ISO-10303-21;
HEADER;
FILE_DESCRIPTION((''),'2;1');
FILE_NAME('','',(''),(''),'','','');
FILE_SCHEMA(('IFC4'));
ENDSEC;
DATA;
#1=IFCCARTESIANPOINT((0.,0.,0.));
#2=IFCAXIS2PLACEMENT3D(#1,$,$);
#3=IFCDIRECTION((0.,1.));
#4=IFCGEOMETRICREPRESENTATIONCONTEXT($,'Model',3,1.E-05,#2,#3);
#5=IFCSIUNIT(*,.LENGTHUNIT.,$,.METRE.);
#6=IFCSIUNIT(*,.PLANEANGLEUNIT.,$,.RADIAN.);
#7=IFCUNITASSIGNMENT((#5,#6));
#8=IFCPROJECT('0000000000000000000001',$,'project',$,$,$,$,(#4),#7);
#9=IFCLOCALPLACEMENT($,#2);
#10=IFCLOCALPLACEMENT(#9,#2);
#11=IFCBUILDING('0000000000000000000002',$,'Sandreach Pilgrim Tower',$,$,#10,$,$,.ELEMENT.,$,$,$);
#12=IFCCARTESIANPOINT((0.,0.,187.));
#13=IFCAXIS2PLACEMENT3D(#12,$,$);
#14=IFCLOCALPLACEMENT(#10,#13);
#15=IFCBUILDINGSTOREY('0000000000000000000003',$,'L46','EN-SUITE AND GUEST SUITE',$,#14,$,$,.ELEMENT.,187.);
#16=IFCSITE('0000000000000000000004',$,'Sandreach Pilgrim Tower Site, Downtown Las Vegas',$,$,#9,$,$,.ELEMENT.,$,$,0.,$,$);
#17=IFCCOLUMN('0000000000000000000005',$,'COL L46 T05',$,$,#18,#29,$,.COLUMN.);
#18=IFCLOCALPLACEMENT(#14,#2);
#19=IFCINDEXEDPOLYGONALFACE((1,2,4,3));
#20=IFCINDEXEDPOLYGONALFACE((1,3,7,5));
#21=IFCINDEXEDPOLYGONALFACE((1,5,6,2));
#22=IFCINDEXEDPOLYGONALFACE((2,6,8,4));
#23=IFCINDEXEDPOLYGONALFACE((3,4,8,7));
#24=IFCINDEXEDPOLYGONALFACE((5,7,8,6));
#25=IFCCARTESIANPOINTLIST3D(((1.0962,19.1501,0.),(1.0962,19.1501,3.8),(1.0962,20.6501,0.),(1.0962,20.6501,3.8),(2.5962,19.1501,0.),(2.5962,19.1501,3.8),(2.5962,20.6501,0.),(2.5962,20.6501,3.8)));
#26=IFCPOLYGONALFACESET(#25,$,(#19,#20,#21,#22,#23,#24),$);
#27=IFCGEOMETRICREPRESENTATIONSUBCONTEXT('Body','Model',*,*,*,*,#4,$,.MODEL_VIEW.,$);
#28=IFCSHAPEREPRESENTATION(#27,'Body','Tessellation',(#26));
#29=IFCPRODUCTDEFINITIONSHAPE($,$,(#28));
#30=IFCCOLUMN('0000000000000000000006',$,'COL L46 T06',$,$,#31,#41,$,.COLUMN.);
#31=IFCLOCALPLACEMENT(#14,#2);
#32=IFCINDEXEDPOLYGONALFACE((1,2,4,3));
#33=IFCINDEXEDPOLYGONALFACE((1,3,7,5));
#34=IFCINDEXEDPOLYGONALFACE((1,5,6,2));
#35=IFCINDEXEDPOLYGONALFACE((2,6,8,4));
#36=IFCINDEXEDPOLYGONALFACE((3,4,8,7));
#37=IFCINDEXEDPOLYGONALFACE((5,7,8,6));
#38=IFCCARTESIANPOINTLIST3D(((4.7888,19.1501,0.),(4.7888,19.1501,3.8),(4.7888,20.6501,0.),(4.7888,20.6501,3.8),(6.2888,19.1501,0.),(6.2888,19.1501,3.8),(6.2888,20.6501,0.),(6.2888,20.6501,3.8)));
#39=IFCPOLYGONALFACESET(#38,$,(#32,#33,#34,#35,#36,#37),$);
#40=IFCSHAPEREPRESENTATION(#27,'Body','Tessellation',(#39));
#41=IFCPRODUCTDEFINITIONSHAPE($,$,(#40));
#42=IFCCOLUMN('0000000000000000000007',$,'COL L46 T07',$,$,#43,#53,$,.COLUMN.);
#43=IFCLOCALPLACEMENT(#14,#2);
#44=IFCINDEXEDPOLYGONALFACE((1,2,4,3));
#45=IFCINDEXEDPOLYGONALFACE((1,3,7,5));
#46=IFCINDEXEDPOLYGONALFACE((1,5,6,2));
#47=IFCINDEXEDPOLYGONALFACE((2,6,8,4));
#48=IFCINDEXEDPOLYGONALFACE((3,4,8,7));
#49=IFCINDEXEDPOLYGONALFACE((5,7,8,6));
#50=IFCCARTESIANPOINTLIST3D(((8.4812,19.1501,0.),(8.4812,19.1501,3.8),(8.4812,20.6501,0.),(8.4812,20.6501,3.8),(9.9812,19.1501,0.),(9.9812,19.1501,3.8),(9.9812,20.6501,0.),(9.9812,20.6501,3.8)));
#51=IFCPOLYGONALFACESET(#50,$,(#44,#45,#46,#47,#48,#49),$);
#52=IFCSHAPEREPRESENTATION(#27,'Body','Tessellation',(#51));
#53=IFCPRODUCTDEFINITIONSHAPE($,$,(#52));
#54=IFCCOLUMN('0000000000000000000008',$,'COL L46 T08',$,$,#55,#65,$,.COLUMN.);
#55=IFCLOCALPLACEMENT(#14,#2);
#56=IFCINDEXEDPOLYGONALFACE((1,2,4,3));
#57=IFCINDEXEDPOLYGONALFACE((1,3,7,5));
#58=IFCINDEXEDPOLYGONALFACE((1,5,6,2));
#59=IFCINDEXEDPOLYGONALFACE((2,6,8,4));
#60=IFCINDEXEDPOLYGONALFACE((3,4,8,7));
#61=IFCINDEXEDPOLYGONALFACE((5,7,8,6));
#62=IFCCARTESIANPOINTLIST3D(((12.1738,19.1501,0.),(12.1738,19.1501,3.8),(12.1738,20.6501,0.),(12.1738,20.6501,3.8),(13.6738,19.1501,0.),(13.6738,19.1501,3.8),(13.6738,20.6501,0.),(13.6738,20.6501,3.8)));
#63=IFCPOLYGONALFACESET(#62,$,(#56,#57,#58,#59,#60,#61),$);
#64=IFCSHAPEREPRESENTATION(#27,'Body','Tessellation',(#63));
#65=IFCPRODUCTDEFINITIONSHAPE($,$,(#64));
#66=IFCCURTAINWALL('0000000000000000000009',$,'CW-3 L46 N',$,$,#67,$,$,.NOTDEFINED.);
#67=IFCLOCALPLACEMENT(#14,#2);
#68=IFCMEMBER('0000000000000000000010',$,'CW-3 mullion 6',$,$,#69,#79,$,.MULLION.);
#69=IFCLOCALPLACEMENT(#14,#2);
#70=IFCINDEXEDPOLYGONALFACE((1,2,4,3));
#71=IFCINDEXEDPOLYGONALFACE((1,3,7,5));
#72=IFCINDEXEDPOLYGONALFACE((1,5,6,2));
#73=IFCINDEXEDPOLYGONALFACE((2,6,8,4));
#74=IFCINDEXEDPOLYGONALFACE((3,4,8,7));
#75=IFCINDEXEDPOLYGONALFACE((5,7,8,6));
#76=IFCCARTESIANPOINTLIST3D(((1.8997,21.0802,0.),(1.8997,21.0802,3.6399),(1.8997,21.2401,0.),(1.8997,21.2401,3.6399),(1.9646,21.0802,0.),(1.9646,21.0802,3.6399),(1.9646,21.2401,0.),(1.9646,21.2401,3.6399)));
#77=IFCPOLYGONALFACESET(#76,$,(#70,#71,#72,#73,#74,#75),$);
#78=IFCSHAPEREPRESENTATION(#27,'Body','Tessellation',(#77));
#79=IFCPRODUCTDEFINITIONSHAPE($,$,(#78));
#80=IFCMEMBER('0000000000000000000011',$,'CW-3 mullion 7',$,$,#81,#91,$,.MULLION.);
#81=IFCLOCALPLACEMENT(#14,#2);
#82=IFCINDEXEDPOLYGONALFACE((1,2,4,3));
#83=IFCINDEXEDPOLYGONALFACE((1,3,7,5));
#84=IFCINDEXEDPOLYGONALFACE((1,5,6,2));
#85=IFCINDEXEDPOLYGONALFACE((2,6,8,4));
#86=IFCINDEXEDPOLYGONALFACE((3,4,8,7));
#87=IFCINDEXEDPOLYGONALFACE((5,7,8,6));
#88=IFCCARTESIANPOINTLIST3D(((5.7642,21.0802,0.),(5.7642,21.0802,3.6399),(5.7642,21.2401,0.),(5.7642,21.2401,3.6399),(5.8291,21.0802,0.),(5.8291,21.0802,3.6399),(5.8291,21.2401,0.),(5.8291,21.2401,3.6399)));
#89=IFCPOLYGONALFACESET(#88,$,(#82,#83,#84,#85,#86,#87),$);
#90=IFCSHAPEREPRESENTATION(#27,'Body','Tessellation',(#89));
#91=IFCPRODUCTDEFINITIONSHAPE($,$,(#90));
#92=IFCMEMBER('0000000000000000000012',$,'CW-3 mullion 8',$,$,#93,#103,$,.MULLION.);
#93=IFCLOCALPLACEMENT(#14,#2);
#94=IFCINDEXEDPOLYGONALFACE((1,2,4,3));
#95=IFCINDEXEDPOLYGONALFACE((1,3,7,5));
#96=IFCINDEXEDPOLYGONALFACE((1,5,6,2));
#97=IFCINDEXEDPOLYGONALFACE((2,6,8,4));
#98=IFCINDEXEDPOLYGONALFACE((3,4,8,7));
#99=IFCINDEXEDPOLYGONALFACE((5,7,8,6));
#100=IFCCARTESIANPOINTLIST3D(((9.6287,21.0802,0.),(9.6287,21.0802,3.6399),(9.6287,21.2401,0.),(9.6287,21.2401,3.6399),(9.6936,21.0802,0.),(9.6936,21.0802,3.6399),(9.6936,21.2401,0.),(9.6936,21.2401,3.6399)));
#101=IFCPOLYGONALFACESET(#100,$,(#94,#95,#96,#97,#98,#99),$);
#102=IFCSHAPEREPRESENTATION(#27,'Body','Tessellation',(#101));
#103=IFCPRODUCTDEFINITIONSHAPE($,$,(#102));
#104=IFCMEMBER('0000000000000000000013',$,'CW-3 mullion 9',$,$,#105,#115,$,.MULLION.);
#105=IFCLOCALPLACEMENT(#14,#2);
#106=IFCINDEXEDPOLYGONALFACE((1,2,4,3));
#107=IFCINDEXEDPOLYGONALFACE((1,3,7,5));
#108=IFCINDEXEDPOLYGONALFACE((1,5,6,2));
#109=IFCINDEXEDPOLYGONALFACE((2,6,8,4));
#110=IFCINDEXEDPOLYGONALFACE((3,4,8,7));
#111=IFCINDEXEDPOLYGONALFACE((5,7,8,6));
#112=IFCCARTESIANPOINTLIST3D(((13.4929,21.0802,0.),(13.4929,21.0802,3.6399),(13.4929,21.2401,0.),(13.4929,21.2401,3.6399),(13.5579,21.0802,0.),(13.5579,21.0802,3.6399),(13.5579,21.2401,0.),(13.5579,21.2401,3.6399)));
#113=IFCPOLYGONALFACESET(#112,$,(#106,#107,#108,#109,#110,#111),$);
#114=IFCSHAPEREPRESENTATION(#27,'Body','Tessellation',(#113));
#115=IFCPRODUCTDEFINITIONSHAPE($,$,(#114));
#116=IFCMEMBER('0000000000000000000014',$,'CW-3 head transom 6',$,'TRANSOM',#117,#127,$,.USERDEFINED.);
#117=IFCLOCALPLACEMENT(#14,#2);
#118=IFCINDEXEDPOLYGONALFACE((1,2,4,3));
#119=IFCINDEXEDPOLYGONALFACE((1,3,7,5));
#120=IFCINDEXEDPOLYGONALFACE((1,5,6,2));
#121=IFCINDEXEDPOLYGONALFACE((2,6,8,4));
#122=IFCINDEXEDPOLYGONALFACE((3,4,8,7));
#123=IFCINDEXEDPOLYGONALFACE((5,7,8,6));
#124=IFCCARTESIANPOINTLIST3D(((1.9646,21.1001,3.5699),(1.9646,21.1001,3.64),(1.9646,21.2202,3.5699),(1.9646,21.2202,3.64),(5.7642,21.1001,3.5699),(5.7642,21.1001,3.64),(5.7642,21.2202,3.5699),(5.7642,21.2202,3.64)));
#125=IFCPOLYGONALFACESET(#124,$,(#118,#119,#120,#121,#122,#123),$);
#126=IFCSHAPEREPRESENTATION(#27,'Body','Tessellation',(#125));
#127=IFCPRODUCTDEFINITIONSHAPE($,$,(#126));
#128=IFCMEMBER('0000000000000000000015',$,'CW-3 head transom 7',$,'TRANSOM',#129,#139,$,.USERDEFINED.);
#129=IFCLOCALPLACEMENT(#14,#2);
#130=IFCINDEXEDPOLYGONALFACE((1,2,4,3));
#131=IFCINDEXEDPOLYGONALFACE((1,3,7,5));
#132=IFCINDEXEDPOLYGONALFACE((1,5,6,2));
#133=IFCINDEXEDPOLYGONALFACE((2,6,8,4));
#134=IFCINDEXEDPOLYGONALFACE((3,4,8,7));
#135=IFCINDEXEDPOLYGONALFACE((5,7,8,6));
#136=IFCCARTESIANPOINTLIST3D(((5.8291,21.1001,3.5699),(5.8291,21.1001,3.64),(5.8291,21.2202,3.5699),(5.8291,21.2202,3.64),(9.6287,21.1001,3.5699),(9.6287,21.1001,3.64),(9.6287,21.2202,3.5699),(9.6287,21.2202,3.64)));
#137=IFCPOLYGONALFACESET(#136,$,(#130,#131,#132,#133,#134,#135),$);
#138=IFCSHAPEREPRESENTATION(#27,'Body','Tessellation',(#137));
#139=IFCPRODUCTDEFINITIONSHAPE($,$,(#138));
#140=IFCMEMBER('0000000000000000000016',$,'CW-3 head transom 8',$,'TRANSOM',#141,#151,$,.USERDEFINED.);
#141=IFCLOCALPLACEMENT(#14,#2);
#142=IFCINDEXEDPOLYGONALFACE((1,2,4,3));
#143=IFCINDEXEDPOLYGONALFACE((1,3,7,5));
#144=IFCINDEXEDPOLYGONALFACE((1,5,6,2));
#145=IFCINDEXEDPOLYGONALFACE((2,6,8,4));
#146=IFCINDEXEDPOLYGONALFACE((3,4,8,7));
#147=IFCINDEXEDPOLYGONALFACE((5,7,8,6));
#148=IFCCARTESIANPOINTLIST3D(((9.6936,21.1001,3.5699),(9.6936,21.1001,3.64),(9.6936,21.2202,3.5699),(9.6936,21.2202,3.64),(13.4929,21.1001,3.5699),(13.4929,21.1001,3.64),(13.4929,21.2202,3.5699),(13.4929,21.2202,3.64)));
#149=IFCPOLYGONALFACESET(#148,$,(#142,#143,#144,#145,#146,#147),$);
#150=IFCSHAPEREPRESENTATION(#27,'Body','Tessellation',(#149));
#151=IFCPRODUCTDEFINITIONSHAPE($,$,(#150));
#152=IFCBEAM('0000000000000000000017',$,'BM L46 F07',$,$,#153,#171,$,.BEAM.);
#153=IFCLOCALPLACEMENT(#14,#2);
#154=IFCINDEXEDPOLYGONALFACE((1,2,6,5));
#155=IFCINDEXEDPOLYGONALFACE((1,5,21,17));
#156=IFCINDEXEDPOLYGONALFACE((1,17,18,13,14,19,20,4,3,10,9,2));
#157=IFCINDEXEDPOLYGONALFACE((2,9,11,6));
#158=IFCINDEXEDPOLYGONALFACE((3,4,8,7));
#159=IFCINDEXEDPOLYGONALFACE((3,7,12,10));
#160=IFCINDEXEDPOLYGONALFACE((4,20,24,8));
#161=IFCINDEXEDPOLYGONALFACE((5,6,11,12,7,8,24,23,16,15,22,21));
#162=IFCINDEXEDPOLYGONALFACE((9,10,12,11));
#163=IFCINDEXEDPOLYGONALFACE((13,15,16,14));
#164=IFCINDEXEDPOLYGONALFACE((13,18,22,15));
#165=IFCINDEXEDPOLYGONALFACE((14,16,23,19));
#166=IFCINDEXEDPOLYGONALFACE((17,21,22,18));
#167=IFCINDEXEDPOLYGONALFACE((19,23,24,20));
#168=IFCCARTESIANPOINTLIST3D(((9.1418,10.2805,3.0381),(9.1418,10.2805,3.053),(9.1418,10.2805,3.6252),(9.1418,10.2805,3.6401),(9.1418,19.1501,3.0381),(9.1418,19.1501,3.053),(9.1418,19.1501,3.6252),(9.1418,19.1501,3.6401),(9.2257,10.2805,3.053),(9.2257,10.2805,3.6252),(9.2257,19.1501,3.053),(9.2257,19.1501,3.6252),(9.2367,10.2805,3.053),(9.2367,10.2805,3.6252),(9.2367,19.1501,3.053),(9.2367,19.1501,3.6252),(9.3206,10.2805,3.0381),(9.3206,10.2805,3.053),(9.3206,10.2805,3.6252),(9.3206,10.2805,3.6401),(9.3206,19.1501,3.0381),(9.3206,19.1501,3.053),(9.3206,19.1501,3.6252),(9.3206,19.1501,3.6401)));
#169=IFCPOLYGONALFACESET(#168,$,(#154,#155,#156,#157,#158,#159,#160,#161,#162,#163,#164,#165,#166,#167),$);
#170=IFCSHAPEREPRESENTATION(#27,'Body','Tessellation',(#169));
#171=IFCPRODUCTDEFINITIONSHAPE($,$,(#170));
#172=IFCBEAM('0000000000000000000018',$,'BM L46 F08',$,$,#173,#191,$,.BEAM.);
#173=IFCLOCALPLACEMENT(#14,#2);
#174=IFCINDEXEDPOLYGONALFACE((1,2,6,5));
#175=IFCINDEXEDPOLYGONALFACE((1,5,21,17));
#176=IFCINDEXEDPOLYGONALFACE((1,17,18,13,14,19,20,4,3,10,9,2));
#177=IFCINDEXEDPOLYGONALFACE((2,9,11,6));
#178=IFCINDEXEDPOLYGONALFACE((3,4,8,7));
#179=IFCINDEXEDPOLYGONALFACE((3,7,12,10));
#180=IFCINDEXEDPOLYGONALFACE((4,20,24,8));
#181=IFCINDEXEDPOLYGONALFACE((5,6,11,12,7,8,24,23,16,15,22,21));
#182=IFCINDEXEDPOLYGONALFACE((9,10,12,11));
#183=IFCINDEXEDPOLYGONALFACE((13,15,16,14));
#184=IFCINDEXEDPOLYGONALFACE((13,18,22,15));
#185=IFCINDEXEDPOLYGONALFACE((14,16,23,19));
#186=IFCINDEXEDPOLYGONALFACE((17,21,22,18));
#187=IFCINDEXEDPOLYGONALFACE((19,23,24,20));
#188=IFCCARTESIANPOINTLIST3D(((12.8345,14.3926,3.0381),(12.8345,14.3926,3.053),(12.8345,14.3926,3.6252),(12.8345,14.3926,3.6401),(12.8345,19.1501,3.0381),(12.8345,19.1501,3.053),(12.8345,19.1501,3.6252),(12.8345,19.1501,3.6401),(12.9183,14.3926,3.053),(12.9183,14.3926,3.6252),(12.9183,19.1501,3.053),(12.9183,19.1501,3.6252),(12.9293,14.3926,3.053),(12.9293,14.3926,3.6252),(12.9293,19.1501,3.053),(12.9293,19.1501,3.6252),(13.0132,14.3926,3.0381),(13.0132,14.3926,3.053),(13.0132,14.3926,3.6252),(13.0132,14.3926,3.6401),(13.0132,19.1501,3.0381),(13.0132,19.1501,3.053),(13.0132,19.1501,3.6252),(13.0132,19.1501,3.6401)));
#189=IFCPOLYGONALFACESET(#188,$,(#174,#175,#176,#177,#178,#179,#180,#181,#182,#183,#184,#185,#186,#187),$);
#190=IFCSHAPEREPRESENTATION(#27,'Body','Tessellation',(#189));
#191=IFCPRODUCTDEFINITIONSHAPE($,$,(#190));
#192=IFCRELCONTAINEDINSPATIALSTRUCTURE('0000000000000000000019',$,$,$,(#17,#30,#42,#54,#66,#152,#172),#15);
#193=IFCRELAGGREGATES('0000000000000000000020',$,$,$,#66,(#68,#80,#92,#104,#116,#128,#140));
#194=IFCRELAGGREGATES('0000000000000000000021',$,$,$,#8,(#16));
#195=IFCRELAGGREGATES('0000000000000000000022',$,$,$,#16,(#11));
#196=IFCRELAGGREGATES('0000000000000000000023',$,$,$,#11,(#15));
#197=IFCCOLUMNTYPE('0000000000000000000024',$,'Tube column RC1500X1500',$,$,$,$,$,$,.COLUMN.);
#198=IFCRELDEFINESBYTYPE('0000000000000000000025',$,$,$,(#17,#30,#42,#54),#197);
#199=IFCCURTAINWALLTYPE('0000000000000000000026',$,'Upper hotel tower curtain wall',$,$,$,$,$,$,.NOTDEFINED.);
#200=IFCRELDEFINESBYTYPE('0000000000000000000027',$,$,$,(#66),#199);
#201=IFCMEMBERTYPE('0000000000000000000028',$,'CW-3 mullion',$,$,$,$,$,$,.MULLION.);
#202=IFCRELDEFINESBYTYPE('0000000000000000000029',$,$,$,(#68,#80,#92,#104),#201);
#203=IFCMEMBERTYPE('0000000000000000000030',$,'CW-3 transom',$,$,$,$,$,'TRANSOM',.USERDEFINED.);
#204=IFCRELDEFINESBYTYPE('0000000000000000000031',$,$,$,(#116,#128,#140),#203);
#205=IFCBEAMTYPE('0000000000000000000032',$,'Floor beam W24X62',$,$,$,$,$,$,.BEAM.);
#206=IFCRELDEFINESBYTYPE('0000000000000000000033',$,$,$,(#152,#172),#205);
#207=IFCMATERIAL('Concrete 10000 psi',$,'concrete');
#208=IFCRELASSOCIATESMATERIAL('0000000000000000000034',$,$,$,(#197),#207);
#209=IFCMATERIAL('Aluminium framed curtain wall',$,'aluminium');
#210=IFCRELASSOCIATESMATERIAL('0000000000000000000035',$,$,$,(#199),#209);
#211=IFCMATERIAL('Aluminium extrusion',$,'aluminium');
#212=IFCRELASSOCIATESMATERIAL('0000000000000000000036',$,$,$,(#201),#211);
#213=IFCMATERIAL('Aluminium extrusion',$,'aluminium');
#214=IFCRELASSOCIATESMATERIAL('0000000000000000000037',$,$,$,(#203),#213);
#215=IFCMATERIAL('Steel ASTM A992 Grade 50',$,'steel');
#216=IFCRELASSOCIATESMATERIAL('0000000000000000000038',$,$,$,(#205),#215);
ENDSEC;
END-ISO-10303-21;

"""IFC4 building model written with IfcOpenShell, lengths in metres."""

from ifc_helpers import new_model, si_unit, direction, frame, origin, origin_2d, place, context, subcontext, project, spatial, rectangle, i_section, extrude, material, material_profile, profile_set, type_object, element, aggregate, save


model = new_model("IFC4")

# Units and contexts
model_context = context("Model", 3, precision=1e-05, world=origin(), true_north=direction((0.0, 1.0)))
body_context = subcontext(model_context, "Body", "Model", "MODEL_VIEW")
ifc_project = project(units=[si_unit("LENGTHUNIT", "METRE"), si_unit("PLANEANGLEUNIT", "RADIAN")], contexts=[model_context])

# Site, building, storey
site_placement = place(None, origin())
site = spatial("IfcSite", under=ifc_project, at=site_placement, Name="Sandreach Pilgrim Tower Site, Downtown Las Vegas", CompositionType="ELEMENT", RefElevation=0.0)
building_placement = place(site_placement, origin())
building = spatial("IfcBuilding", under=site, at=building_placement, Name="Sandreach Pilgrim Tower", CompositionType="ELEMENT")
storey_placement = place(building_placement, frame((0.0, 0.0, 187.0)))
storey = spatial("IfcBuildingStorey", under=building, at=storey_placement, Name="L46", Description="EN-SUITE AND GUEST SUITE", CompositionType="ELEMENT", Elevation=187.0)

# Columns
ifc_material_1 = material(Name="Concrete 10000 psi", Category="concrete")
ifc_material_profile_1 = material_profile(ifc_material_1, rectangle(XDim=1.5, YDim=1.5, at=origin_2d()), Name="RC1500X1500")
ifc_profile_set_1 = profile_set([ifc_material_profile_1], Name="Concrete 10000 psi")
column_type = type_object("IfcColumnType", Name="Tube column RC1500X1500", PredefinedType="COLUMN", material=ifc_profile_set_1)
for number, where, z_axis, x_axis, name in (
    (1, (1.8462, 19.9001, 0.0), (0.0, 0.0, 1.0), (0.0, 1.0, 0.0), "COL L46 T05"),
    (2, (5.5388, 19.9001, 0.0), (0.0, 0.0, 1.0), (0.0, 1.0, 0.0), "COL L46 T06"),
    (3, (9.2312, 19.9001, 0.0), (0.0, 0.0, 1.0), (0.0, 1.0, 0.0), "COL L46 T07"),
    (4, (12.9238, 19.9001, 0.0), (0.0, 0.0, 1.0), (0.0, 1.0, 0.0), "COL L46 T08"),
):
    element("IfcColumn", number, at=place(storey_placement, frame(where, z_axis=z_axis, x_axis=x_axis)), inside=storey, type_object=column_type, Name=name, PredefinedType="COLUMN", context=body_context, shape_type="SweptSolid", body=[
        extrude(rectangle(XDim=1.5, YDim=1.5, at=origin_2d()), origin(), (0.0, 0.0, 1.0), 3.8),
    ])

# Curtain wall, members
ifc_material_2 = material(Name="Aluminium framed curtain wall", Category="aluminium")
curtain_wall_type = type_object("IfcCurtainWallType", Name="Upper hotel tower curtain wall", PredefinedType="NOTDEFINED", material=ifc_material_2)
curtain_wall_placement = place(storey_placement, origin())
curtain_wall = element("IfcCurtainWall", 5, at=curtain_wall_placement, inside=storey, type_object=curtain_wall_type, Name="CW-3 L46 N", PredefinedType="NOTDEFINED")
ifc_material_3 = material(Name="Aluminium extrusion", Category="aluminium")
ifc_material_profile_2 = material_profile(ifc_material_3, rectangle(XDim=0.0649, YDim=0.1599, at=origin_2d()), Name="CW-3M 65X160")
ifc_profile_set_2 = profile_set([ifc_material_profile_2], Name="Aluminium extrusion")
member_type_1 = type_object("IfcMemberType", Name="CW-3 mullion", PredefinedType="MULLION", material=ifc_profile_set_2)
member_1_placement = place(storey_placement, frame((1.9321, 21.1602, 0.0), z_axis=(0.0, 0.0, 1.0), x_axis=(1.0, 0.0, 0.0)))
member_1 = element("IfcMember", 6, at=member_1_placement, type_object=member_type_1, Name="CW-3 mullion 6", PredefinedType="MULLION", context=body_context, shape_type="SweptSolid", body=[
    extrude(rectangle(XDim=0.0649, YDim=0.1599, at=origin_2d()), origin(), (0.0, 0.0, 1.0), 3.6399),
])
member_2_placement = place(storey_placement, frame((5.7966, 21.1602, 0.0), z_axis=(0.0, 0.0, 1.0), x_axis=(1.0, 0.0, 0.0)))
member_2 = element("IfcMember", 7, at=member_2_placement, type_object=member_type_1, Name="CW-3 mullion 7", PredefinedType="MULLION", context=body_context, shape_type="SweptSolid", body=[
    extrude(rectangle(XDim=0.0649, YDim=0.1599, at=origin_2d()), origin(), (0.0, 0.0, 1.0), 3.6399),
])
member_3_placement = place(storey_placement, frame((9.6611, 21.1602, 0.0), z_axis=(0.0, 0.0, 1.0), x_axis=(1.0, 0.0, 0.0)))
member_3 = element("IfcMember", 8, at=member_3_placement, type_object=member_type_1, Name="CW-3 mullion 8", PredefinedType="MULLION", context=body_context, shape_type="SweptSolid", body=[
    extrude(rectangle(XDim=0.0649, YDim=0.1599, at=origin_2d()), origin(), (0.0, 0.0, 1.0), 3.6399),
])
member_4_placement = place(storey_placement, frame((13.5254, 21.1602, 0.0), z_axis=(0.0, 0.0, 1.0), x_axis=(1.0, 0.0, 0.0)))
member_4 = element("IfcMember", 9, at=member_4_placement, type_object=member_type_1, Name="CW-3 mullion 9", PredefinedType="MULLION", context=body_context, shape_type="SweptSolid", body=[
    extrude(rectangle(XDim=0.0649, YDim=0.1599, at=origin_2d()), origin(), (0.0, 0.0, 1.0), 3.6399),
])
ifc_material_4 = material(Name="Aluminium extrusion", Category="aluminium")
ifc_material_profile_3 = material_profile(ifc_material_4, rectangle(XDim=0.1201, YDim=0.0701, at=origin_2d()), Name="CW-3T 120X70")
ifc_profile_set_3 = profile_set([ifc_material_profile_3], Name="Aluminium extrusion")
member_type_2 = type_object("IfcMemberType", Name="CW-3 transom", ElementType="TRANSOM", PredefinedType="USERDEFINED", material=ifc_profile_set_3)
member_5_placement = place(storey_placement, frame((1.9646, 21.1602, 3.605), z_axis=(1.0, 0.0, 0.0), x_axis=(0.0, 1.0, 0.0)))
member_5 = element("IfcMember", 10, at=member_5_placement, type_object=member_type_2, Name="CW-3 head transom 6", ObjectType="TRANSOM", PredefinedType="USERDEFINED", context=body_context, shape_type="SweptSolid", body=[
    extrude(rectangle(XDim=0.1201, YDim=0.0701, at=origin_2d()), origin(), (0.0, 0.0, 1.0), 3.7996),
])
member_6_placement = place(storey_placement, frame((5.8291, 21.1602, 3.605), z_axis=(1.0, 0.0, 0.0), x_axis=(0.0, 1.0, 0.0)))
member_6 = element("IfcMember", 11, at=member_6_placement, type_object=member_type_2, Name="CW-3 head transom 7", ObjectType="TRANSOM", PredefinedType="USERDEFINED", context=body_context, shape_type="SweptSolid", body=[
    extrude(rectangle(XDim=0.1201, YDim=0.0701, at=origin_2d()), origin(), (0.0, 0.0, 1.0), 3.7996),
])
member_7_placement = place(storey_placement, frame((9.6936, 21.1602, 3.605), z_axis=(1.0, 0.0, 0.0), x_axis=(0.0, 1.0, 0.0)))
member_7 = element("IfcMember", 12, at=member_7_placement, type_object=member_type_2, Name="CW-3 head transom 8", ObjectType="TRANSOM", PredefinedType="USERDEFINED", context=body_context, shape_type="SweptSolid", body=[
    extrude(rectangle(XDim=0.1201, YDim=0.0701, at=origin_2d()), origin(), (0.0, 0.0, 1.0), 3.7993),
])

# Beams
ifc_material_5 = material(Name="Steel ASTM A992 Grade 50", Category="steel")
ifc_material_profile_4 = material_profile(ifc_material_5, i_section(OverallWidth=0.1787, OverallDepth=0.6021, WebThickness=0.011, FlangeThickness=0.0149, at=origin_2d()), Name="W24X62")
ifc_profile_set_4 = profile_set([ifc_material_profile_4], Name="Steel ASTM A992 Grade 50")
beam_type_1 = type_object("IfcBeamType", Name="Floor beam W24X62", PredefinedType="BEAM", material=ifc_profile_set_4)
beam_1_placement = place(storey_placement, frame((9.2312, 19.1501, 3.3391), z_axis=(0.0, -1.0, 0.0), x_axis=(1.0, 0.0, 0.0)))
element("IfcBeam", 13, at=beam_1_placement, inside=storey, type_object=beam_type_1, Name="BM L46 F07", PredefinedType="BEAM", context=body_context, shape_type="SweptSolid", body=[
    extrude(i_section(OverallWidth=0.1787, OverallDepth=0.6021, WebThickness=0.011, FlangeThickness=0.0149, at=origin_2d()), origin(), (0.0, 0.0, 1.0), 8.8696),
])
beam_2_placement = place(storey_placement, frame((12.9238, 19.1501, 3.3391), z_axis=(0.0, -1.0, 0.0), x_axis=(1.0, 0.0, 0.0)))
element("IfcBeam", 14, at=beam_2_placement, inside=storey, type_object=beam_type_1, Name="BM L46 F08", PredefinedType="BEAM", context=body_context, shape_type="SweptSolid", body=[
    extrude(i_section(OverallWidth=0.1787, OverallDepth=0.6021, WebThickness=0.011, FlangeThickness=0.0149, at=origin_2d()), origin(), (0.0, 0.0, 1.0), 4.7576),
])

aggregate(curtain_wall, [member_1, member_2, member_3, member_4, member_5, member_6, member_7])

save(model, "model.ifc")
